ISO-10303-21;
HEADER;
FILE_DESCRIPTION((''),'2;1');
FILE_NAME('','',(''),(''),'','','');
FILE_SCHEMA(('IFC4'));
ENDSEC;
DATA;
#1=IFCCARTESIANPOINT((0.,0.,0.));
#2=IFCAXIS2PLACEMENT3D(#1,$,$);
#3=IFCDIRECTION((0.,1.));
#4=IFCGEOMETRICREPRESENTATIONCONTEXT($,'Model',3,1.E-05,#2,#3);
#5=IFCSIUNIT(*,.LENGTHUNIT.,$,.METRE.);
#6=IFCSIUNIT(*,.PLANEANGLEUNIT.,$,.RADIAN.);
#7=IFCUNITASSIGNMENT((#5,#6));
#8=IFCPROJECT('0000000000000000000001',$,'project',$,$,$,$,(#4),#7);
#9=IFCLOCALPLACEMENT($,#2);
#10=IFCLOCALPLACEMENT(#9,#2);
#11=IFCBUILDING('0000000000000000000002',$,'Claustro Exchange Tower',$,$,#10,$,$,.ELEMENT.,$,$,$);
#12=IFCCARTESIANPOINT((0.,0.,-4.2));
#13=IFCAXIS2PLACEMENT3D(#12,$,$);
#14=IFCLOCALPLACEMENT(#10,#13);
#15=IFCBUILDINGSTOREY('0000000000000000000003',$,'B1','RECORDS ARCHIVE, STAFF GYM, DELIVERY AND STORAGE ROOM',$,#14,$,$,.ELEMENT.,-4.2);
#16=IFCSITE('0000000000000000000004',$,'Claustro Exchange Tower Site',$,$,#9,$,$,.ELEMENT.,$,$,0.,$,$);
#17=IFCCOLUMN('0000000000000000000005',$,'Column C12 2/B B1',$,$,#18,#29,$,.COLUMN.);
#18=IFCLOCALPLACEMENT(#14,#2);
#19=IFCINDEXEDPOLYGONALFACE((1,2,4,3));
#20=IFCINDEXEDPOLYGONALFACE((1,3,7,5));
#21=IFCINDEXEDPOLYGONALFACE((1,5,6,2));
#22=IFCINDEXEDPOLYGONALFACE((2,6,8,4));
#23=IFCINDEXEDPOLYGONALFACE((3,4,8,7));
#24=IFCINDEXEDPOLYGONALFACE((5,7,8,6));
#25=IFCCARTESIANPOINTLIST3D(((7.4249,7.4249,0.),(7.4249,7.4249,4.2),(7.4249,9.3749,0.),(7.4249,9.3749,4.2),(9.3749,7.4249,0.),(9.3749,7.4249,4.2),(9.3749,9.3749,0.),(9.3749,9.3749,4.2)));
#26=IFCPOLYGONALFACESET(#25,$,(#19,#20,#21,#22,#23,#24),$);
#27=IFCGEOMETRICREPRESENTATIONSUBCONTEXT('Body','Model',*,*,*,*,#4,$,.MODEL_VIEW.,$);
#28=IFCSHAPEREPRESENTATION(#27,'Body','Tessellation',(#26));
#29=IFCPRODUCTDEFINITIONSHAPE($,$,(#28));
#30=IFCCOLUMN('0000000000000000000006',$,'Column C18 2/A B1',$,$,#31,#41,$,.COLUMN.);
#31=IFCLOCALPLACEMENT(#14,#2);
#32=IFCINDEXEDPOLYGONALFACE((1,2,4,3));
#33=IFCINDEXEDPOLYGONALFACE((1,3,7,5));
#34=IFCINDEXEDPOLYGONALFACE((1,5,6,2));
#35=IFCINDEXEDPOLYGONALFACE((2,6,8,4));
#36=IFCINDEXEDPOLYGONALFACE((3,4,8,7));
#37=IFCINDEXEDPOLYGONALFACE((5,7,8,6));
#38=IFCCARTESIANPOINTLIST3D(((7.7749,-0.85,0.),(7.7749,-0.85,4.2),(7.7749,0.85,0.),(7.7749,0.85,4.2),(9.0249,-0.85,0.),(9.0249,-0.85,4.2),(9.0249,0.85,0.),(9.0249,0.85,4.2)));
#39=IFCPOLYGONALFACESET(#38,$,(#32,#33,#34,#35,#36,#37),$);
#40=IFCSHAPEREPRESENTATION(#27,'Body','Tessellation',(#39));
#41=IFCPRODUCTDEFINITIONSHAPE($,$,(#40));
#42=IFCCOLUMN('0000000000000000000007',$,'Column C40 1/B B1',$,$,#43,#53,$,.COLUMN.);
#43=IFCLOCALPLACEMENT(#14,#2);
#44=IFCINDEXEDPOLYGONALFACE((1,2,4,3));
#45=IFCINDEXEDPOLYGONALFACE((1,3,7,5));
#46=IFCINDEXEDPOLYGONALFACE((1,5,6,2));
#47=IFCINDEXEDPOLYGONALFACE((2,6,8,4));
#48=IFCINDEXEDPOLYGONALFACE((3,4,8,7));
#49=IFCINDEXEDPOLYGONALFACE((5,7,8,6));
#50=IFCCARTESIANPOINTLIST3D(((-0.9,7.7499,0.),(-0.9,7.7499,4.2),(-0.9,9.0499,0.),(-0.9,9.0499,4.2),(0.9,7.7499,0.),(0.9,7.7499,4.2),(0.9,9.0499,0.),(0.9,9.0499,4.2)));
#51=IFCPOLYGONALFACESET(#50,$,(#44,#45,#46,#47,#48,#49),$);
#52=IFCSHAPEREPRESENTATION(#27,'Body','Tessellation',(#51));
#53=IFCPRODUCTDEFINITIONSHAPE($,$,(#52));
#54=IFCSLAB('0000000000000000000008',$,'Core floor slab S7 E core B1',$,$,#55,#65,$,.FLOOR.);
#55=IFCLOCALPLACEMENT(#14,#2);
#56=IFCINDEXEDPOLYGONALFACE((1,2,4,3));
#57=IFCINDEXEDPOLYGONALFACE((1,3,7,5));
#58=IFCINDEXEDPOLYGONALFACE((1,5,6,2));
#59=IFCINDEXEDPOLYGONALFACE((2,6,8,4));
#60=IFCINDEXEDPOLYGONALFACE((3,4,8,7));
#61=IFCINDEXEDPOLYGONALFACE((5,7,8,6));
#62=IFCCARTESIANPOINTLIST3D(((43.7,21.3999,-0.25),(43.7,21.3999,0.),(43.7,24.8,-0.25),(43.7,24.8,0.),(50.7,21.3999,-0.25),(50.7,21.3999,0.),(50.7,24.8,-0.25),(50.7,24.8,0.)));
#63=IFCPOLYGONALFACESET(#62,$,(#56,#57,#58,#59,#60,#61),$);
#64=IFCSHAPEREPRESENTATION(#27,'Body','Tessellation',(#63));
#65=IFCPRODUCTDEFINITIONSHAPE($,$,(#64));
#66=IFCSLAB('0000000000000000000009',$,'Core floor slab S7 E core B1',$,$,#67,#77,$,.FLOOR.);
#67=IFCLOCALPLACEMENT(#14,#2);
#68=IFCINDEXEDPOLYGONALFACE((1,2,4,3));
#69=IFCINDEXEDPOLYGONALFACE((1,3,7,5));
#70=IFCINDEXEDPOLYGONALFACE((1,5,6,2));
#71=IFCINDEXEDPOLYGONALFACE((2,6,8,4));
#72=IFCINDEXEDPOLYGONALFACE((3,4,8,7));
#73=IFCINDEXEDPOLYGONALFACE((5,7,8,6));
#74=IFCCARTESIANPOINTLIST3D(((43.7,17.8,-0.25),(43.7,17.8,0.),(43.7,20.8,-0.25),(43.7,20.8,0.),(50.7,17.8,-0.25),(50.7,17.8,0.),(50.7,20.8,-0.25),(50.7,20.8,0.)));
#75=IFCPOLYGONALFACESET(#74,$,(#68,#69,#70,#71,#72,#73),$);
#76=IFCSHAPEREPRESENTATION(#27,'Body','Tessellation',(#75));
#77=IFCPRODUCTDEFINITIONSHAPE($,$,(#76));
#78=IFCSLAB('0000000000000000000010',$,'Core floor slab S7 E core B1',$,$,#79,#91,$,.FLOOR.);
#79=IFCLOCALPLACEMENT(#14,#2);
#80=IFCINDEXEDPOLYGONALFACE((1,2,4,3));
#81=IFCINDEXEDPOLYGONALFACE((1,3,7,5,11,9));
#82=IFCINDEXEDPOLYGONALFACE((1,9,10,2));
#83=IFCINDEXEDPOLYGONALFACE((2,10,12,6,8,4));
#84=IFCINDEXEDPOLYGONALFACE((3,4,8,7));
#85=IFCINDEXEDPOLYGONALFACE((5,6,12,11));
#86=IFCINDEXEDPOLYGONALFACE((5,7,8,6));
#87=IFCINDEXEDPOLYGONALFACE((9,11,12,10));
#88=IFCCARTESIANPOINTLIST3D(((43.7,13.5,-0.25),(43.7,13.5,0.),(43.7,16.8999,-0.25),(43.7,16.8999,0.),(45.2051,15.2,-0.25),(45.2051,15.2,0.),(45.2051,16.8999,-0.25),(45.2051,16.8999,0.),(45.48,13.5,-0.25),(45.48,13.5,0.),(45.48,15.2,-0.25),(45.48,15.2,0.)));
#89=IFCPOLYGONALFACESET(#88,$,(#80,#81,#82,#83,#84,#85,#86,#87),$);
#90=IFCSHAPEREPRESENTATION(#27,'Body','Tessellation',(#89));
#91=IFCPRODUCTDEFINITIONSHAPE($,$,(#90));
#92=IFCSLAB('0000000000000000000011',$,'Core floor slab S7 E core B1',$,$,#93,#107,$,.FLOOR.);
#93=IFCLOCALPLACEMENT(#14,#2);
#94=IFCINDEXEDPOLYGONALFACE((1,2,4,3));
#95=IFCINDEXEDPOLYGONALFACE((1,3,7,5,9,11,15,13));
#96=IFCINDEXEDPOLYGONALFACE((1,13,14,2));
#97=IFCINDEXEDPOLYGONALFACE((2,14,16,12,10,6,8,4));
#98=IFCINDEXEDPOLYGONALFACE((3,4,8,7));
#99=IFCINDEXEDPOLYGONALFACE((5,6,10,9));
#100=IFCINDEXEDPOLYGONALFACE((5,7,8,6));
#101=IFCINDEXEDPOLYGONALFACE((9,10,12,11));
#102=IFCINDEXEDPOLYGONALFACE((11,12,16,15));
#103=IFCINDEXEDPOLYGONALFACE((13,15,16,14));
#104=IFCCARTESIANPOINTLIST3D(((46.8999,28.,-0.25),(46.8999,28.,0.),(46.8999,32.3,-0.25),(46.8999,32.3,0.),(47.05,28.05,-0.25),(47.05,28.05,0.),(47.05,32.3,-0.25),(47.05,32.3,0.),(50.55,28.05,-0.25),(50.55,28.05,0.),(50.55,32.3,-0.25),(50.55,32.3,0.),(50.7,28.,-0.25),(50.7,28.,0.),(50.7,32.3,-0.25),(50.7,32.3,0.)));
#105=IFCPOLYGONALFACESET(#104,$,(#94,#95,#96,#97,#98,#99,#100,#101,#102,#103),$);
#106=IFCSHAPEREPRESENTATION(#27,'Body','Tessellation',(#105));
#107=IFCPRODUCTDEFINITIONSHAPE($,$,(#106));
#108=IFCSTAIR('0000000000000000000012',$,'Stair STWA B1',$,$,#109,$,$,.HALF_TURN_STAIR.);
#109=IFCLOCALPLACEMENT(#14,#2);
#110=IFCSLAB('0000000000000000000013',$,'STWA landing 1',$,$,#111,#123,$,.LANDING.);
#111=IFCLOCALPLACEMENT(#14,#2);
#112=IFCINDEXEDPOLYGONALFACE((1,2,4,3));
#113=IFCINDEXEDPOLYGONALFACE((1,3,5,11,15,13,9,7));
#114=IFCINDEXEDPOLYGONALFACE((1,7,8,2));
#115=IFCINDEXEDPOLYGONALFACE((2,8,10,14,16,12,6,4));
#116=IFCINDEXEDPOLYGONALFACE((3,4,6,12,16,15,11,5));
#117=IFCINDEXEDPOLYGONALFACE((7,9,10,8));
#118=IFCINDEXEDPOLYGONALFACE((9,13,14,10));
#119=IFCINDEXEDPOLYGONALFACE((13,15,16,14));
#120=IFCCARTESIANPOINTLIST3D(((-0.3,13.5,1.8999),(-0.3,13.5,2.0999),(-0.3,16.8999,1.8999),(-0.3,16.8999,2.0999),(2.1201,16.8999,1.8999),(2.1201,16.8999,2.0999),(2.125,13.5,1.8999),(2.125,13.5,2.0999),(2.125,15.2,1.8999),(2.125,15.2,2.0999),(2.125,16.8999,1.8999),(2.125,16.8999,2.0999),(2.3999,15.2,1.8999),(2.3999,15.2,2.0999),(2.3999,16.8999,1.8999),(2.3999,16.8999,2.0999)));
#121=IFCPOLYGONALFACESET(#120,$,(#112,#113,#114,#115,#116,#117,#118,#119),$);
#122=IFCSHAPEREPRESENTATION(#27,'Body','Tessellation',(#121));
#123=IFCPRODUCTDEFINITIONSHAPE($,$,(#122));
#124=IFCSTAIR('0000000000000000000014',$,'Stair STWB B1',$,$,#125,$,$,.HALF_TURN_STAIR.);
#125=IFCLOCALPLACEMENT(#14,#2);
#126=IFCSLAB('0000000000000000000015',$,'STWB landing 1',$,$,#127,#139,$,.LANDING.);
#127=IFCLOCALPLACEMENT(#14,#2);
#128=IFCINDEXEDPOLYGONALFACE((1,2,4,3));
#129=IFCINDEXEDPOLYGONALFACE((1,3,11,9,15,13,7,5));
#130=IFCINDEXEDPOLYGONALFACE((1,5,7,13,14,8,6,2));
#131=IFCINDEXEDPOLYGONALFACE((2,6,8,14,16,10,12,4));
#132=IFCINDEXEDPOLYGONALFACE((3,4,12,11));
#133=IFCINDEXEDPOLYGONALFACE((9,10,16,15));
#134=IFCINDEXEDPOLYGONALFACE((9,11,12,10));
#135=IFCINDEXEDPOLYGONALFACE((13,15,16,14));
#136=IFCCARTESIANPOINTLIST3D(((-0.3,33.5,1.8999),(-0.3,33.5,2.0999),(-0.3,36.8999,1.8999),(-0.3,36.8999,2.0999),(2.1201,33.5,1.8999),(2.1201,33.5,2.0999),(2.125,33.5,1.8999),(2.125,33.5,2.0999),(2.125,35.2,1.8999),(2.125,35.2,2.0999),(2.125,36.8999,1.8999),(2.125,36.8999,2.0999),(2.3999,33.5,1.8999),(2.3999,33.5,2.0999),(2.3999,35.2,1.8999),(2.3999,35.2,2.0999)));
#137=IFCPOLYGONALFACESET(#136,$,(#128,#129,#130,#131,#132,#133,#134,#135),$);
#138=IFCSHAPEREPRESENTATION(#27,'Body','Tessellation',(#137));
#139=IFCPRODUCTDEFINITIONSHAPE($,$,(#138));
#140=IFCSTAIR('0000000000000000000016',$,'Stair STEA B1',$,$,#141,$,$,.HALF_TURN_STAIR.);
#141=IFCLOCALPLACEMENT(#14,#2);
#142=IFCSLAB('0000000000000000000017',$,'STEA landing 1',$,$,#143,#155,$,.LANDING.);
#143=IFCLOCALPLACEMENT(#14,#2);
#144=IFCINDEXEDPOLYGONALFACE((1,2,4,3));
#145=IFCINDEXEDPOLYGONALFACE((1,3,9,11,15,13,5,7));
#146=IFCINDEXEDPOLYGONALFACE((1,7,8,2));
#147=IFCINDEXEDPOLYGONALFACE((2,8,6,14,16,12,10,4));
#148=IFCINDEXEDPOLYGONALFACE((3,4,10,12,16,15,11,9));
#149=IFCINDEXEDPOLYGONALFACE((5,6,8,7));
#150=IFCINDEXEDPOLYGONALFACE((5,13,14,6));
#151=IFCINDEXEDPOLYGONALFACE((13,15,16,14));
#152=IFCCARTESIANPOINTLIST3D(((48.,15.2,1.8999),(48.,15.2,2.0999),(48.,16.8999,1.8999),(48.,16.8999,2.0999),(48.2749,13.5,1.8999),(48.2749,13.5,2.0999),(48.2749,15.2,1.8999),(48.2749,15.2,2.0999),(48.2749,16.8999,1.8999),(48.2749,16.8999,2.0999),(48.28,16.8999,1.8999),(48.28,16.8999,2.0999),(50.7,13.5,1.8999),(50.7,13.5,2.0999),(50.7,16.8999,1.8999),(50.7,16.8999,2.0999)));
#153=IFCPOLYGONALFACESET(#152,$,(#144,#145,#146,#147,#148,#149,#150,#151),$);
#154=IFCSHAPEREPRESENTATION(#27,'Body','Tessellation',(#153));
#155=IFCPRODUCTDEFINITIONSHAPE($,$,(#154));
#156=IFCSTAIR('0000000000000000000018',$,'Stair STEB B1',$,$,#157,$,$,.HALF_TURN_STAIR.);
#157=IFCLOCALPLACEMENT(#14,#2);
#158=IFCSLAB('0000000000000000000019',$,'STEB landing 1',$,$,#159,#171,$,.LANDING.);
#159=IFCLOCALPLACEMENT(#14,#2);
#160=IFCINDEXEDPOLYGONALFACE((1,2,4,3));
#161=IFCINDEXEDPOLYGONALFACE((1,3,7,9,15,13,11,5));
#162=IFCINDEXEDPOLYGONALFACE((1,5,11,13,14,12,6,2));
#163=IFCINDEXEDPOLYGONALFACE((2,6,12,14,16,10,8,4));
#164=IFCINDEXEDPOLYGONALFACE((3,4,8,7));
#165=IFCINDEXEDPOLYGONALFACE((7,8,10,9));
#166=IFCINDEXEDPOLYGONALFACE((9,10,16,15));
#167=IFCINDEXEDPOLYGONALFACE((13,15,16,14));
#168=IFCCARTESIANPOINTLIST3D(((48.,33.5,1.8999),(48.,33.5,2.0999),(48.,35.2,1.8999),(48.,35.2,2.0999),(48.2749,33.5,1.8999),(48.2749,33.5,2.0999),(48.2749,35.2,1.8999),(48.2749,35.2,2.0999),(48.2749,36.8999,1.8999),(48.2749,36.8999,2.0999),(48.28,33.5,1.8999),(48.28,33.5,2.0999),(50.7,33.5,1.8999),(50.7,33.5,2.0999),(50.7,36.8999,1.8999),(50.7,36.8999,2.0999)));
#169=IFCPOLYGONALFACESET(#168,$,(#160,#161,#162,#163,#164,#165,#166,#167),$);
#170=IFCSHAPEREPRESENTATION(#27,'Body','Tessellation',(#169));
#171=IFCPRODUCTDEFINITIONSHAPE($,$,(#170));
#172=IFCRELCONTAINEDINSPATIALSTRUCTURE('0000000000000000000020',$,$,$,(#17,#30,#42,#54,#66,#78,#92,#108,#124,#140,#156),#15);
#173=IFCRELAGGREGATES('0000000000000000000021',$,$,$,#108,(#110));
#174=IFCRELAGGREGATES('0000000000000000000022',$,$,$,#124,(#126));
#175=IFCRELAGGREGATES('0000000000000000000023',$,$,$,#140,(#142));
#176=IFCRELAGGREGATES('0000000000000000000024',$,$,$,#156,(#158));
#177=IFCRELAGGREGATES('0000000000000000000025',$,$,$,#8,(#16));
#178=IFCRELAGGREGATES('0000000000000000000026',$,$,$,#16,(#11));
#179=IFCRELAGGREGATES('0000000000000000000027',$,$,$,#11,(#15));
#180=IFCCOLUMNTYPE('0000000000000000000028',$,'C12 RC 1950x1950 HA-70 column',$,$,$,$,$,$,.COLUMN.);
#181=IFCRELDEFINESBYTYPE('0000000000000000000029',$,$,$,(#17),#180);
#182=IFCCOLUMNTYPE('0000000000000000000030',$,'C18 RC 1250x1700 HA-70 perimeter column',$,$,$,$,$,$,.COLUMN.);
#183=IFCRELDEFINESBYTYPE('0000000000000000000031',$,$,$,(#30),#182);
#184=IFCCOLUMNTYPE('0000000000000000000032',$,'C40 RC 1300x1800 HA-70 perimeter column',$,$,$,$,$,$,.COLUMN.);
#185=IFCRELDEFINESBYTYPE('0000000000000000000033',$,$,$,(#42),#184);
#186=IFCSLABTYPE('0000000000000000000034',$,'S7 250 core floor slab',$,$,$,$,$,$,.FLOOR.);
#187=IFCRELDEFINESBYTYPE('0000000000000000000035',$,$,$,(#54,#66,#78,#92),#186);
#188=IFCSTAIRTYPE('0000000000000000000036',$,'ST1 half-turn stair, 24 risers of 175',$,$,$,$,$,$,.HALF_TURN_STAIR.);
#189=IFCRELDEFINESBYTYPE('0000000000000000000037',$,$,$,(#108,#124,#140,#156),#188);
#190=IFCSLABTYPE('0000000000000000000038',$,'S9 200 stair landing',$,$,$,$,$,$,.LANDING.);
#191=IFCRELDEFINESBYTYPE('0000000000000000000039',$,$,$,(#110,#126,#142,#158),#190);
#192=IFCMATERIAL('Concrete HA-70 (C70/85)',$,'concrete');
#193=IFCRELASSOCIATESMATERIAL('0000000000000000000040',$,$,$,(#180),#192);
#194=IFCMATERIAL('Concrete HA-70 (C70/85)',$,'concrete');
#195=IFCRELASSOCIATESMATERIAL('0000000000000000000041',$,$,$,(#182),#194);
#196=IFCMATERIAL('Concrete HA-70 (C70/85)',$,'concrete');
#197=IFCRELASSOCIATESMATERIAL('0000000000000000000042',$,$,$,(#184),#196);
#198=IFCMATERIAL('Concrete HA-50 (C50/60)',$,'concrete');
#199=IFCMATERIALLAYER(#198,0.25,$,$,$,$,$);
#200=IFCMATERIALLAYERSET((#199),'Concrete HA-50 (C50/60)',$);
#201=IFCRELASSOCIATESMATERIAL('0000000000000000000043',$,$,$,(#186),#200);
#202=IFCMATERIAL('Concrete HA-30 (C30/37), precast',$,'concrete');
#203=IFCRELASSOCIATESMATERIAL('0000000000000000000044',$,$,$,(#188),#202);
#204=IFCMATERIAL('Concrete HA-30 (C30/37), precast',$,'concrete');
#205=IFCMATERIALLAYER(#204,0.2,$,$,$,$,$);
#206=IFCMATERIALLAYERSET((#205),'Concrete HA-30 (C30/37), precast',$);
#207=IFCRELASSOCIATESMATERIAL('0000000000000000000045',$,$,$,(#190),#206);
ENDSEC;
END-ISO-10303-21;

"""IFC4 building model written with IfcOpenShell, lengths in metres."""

from ifc_helpers import new_model, si_unit, direction, frame, origin, origin_2d, place, context, subcontext, project, spatial, polyline, rectangle, outline, extrude, material, layer, layer_set, material_profile, profile_set, type_object, element, aggregate, save


model = new_model("IFC4")

# Units and contexts
model_context = context("Model", 3, precision=1e-05, world=origin(), true_north=direction((0.0, 1.0)))
body_context = subcontext(model_context, "Body", "Model", "MODEL_VIEW")
ifc_project = project(units=[si_unit("LENGTHUNIT", "METRE"), si_unit("PLANEANGLEUNIT", "RADIAN")], contexts=[model_context])

# Site, building, storey
site_placement = place(None, origin())
site = spatial("IfcSite", under=ifc_project, at=site_placement, Name="Claustro Exchange Tower Site", CompositionType="ELEMENT", RefElevation=0.0)
building_placement = place(site_placement, origin())
building = spatial("IfcBuilding", under=site, at=building_placement, Name="Claustro Exchange Tower", CompositionType="ELEMENT")
storey_placement = place(building_placement, frame((0.0, 0.0, -4.2)))
storey = spatial("IfcBuildingStorey", under=building, at=storey_placement, Name="B1", Description="RECORDS ARCHIVE, STAFF GYM, DELIVERY AND STORAGE ROOM", CompositionType="ELEMENT", Elevation=-4.2)

# Columns
ifc_material_1 = material(Name="Concrete HA-70 (C70/85)", Category="concrete")
ifc_material_profile_1 = material_profile(ifc_material_1, rectangle(XDim=1.95, YDim=1.95, at=origin_2d()), Name="RC 1950x1950")
ifc_profile_set_1 = profile_set([ifc_material_profile_1], Name="Concrete HA-70 (C70/85)")
column_type_1 = type_object("IfcColumnType", Name="C12 RC 1950x1950 HA-70 column", PredefinedType="COLUMN", material=ifc_profile_set_1)
column_1_placement = place(storey_placement, frame((8.3999, 8.3999, 0.0), z_axis=(0.0, 0.0, 1.0), x_axis=(1.0, 0.0, 0.0)))
element("IfcColumn", 1, at=column_1_placement, inside=storey, type_object=column_type_1, Name="Column C12 2/B B1", PredefinedType="COLUMN", context=body_context, shape_type="SweptSolid", body=[
    extrude(rectangle(XDim=1.95, YDim=1.95, at=origin_2d()), origin(), (0.0, 0.0, 1.0), 4.2),
])
ifc_material_2 = material(Name="Concrete HA-70 (C70/85)", Category="concrete")
ifc_material_profile_2 = material_profile(ifc_material_2, rectangle(XDim=1.25, YDim=1.7, at=origin_2d()), Name="RC 1250x1700")
ifc_profile_set_2 = profile_set([ifc_material_profile_2], Name="Concrete HA-70 (C70/85)")
column_type_2 = type_object("IfcColumnType", Name="C18 RC 1250x1700 HA-70 perimeter column", PredefinedType="COLUMN", material=ifc_profile_set_2)
column_2_placement = place(storey_placement, frame((8.3999, 0.0, 0.0), z_axis=(0.0, 0.0, 1.0), x_axis=(1.0, 0.0, 0.0)))
element("IfcColumn", 2, at=column_2_placement, inside=storey, type_object=column_type_2, Name="Column C18 2/A B1", PredefinedType="COLUMN", context=body_context, shape_type="SweptSolid", body=[
    extrude(rectangle(XDim=1.25, YDim=1.7, at=origin_2d()), origin(), (0.0, 0.0, 1.0), 4.2),
])
ifc_material_3 = material(Name="Concrete HA-70 (C70/85)", Category="concrete")
ifc_material_profile_3 = material_profile(ifc_material_3, rectangle(XDim=1.3, YDim=1.8, at=origin_2d()), Name="RC 1300x1800")
ifc_profile_set_3 = profile_set([ifc_material_profile_3], Name="Concrete HA-70 (C70/85)")
column_type_3 = type_object("IfcColumnType", Name="C40 RC 1300x1800 HA-70 perimeter column", PredefinedType="COLUMN", material=ifc_profile_set_3)
column_3_placement = place(storey_placement, frame((0.0, 8.3999, 0.0), z_axis=(0.0, 0.0, 1.0), x_axis=(0.0, 1.0, 0.0)))
element("IfcColumn", 3, at=column_3_placement, inside=storey, type_object=column_type_3, Name="Column C40 1/B B1", PredefinedType="COLUMN", context=body_context, shape_type="SweptSolid", body=[
    extrude(rectangle(XDim=1.3, YDim=1.8, at=origin_2d()), origin(), (0.0, 0.0, 1.0), 4.2),
])

# Slabs
ifc_material_4 = material(Name="Concrete HA-50 (C50/60)", Category="concrete")
ifc_layer_1 = layer(ifc_material_4, 0.25)
ifc_layer_set_1 = layer_set([ifc_layer_1], Name="Concrete HA-50 (C50/60)")
slab_type_1 = type_object("IfcSlabType", Name="S7 250 core floor slab", PredefinedType="FLOOR", material=ifc_layer_set_1)
slab_1_placement = place(storey_placement, frame((0.0, 0.0, -0.25)))
element("IfcSlab", 4, at=slab_1_placement, inside=storey, type_object=slab_type_1, Name="Core floor slab S7 E core B1", PredefinedType="FLOOR", context=body_context, shape_type="SweptSolid", body=[
    extrude(outline(polyline([(50.7, 21.3999), (50.7, 24.8), (43.7, 24.8), (43.7, 21.3999), (50.7, 21.3999)])), origin(), (0.0, 0.0, 1.0), 0.25),
])
slab_2_placement = place(storey_placement, frame((0.0, 0.0, -0.25)))
element("IfcSlab", 5, at=slab_2_placement, inside=storey, type_object=slab_type_1, Name="Core floor slab S7 E core B1", PredefinedType="FLOOR", context=body_context, shape_type="SweptSolid", body=[
    extrude(outline(polyline([(50.7, 17.8), (50.7, 20.8), (43.7, 20.8), (43.7, 17.8), (50.7, 17.8)])), origin(), (0.0, 0.0, 1.0), 0.25),
])
slab_3_placement = place(storey_placement, frame((0.0, 0.0, -0.25)))
element("IfcSlab", 6, at=slab_3_placement, inside=storey, type_object=slab_type_1, Name="Core floor slab S7 E core B1", PredefinedType="FLOOR", context=body_context, shape_type="SweptSolid", body=[
    extrude(outline(polyline([(43.7, 13.5), (45.48, 13.5), (45.48, 15.2), (45.2051, 15.2), (45.2051, 16.8999), (43.7, 16.8999), (43.7, 13.5)])), origin(), (0.0, 0.0, 1.0), 0.25),
])
slab_4_placement = place(storey_placement, frame((0.0, 0.0, -0.25)))
element("IfcSlab", 7, at=slab_4_placement, inside=storey, type_object=slab_type_1, Name="Core floor slab S7 E core B1", PredefinedType="FLOOR", context=body_context, shape_type="SweptSolid", body=[
    extrude(outline(polyline([(46.8999, 28.0), (50.7, 28.0), (50.7, 32.3), (50.55, 32.3), (50.55, 28.05), (47.05, 28.05), (47.05, 32.3), (46.8999, 32.3), (46.8999, 28.0)])), origin(), (0.0, 0.0, 1.0), 0.25),
])

# Stairs, slabs
ifc_material_5 = material(Name="Concrete HA-30 (C30/37), precast", Category="concrete")
stair_type = type_object("IfcStairType", Name="ST1 half-turn stair, 24 risers of 175", PredefinedType="HALF_TURN_STAIR", material=ifc_material_5)
stair_1_placement = place(storey_placement, origin())
stair_1 = element("IfcStair", 8, at=stair_1_placement, inside=storey, type_object=stair_type, Name="Stair STWA B1", PredefinedType="HALF_TURN_STAIR")
ifc_material_6 = material(Name="Concrete HA-30 (C30/37), precast", Category="concrete")
ifc_layer_2 = layer(ifc_material_6, 0.2)
ifc_layer_set_2 = layer_set([ifc_layer_2], Name="Concrete HA-30 (C30/37), precast")
slab_type_2 = type_object("IfcSlabType", Name="S9 200 stair landing", PredefinedType="LANDING", material=ifc_layer_set_2)
slab_5_placement = place(storey_placement, frame((0.0, 0.0, 1.8999)))
slab_5 = element("IfcSlab", 9, at=slab_5_placement, type_object=slab_type_2, Name="STWA landing 1", PredefinedType="LANDING", context=body_context, shape_type="SweptSolid", body=[
    extrude(outline(polyline([(2.125, 13.5), (-0.3, 13.5), (-0.3, 16.8999), (2.1201, 16.8999), (2.125, 16.8999), (2.3999, 16.8999), (2.3999, 15.2), (2.125, 15.2), (2.125, 13.5)])), origin(), (0.0, 0.0, 1.0), 0.2),
])
aggregate(stair_1, [slab_5])
stair_2_placement = place(storey_placement, origin())
stair_2 = element("IfcStair", 10, at=stair_2_placement, inside=storey, type_object=stair_type, Name="Stair STWB B1", PredefinedType="HALF_TURN_STAIR")
slab_6_placement = place(storey_placement, frame((0.0, 0.0, 1.8999)))
slab_6 = element("IfcSlab", 11, at=slab_6_placement, type_object=slab_type_2, Name="STWB landing 1", PredefinedType="LANDING", context=body_context, shape_type="SweptSolid", body=[
    extrude(outline(polyline([(2.3999, 35.2), (2.3999, 33.5), (2.125, 33.5), (2.1201, 33.5), (-0.3, 33.5), (-0.3, 36.8999), (2.125, 36.8999), (2.125, 35.2), (2.3999, 35.2)])), origin(), (0.0, 0.0, 1.0), 0.2),
])
aggregate(stair_2, [slab_6])
stair_3_placement = place(storey_placement, origin())
stair_3 = element("IfcStair", 12, at=stair_3_placement, inside=storey, type_object=stair_type, Name="Stair STEA B1", PredefinedType="HALF_TURN_STAIR")
slab_7_placement = place(storey_placement, frame((0.0, 0.0, 1.8999)))
slab_7 = element("IfcSlab", 13, at=slab_7_placement, type_object=slab_type_2, Name="STEA landing 1", PredefinedType="LANDING", context=body_context, shape_type="SweptSolid", body=[
    extrude(outline(polyline([(50.7, 16.8999), (50.7, 13.5), (48.2749, 13.5), (48.2749, 15.2), (48.0, 15.2), (48.0, 16.8999), (48.2749, 16.8999), (48.28, 16.8999), (50.7, 16.8999)])), origin(), (0.0, 0.0, 1.0), 0.2),
])
aggregate(stair_3, [slab_7])
stair_4_placement = place(storey_placement, origin())
stair_4 = element("IfcStair", 14, at=stair_4_placement, inside=storey, type_object=stair_type, Name="Stair STEB B1", PredefinedType="HALF_TURN_STAIR")
slab_8_placement = place(storey_placement, frame((0.0, 0.0, 1.8999)))
slab_8 = element("IfcSlab", 15, at=slab_8_placement, type_object=slab_type_2, Name="STEB landing 1", PredefinedType="LANDING", context=body_context, shape_type="SweptSolid", body=[
    extrude(outline(polyline([(48.0, 33.5), (48.0, 35.2), (48.2749, 35.2), (48.2749, 36.8999), (50.7, 36.8999), (50.7, 33.5), (48.28, 33.5), (48.2749, 33.5), (48.0, 33.5)])), origin(), (0.0, 0.0, 1.0), 0.2),
])
aggregate(stair_4, [slab_8])

save(model, "model.ifc")
